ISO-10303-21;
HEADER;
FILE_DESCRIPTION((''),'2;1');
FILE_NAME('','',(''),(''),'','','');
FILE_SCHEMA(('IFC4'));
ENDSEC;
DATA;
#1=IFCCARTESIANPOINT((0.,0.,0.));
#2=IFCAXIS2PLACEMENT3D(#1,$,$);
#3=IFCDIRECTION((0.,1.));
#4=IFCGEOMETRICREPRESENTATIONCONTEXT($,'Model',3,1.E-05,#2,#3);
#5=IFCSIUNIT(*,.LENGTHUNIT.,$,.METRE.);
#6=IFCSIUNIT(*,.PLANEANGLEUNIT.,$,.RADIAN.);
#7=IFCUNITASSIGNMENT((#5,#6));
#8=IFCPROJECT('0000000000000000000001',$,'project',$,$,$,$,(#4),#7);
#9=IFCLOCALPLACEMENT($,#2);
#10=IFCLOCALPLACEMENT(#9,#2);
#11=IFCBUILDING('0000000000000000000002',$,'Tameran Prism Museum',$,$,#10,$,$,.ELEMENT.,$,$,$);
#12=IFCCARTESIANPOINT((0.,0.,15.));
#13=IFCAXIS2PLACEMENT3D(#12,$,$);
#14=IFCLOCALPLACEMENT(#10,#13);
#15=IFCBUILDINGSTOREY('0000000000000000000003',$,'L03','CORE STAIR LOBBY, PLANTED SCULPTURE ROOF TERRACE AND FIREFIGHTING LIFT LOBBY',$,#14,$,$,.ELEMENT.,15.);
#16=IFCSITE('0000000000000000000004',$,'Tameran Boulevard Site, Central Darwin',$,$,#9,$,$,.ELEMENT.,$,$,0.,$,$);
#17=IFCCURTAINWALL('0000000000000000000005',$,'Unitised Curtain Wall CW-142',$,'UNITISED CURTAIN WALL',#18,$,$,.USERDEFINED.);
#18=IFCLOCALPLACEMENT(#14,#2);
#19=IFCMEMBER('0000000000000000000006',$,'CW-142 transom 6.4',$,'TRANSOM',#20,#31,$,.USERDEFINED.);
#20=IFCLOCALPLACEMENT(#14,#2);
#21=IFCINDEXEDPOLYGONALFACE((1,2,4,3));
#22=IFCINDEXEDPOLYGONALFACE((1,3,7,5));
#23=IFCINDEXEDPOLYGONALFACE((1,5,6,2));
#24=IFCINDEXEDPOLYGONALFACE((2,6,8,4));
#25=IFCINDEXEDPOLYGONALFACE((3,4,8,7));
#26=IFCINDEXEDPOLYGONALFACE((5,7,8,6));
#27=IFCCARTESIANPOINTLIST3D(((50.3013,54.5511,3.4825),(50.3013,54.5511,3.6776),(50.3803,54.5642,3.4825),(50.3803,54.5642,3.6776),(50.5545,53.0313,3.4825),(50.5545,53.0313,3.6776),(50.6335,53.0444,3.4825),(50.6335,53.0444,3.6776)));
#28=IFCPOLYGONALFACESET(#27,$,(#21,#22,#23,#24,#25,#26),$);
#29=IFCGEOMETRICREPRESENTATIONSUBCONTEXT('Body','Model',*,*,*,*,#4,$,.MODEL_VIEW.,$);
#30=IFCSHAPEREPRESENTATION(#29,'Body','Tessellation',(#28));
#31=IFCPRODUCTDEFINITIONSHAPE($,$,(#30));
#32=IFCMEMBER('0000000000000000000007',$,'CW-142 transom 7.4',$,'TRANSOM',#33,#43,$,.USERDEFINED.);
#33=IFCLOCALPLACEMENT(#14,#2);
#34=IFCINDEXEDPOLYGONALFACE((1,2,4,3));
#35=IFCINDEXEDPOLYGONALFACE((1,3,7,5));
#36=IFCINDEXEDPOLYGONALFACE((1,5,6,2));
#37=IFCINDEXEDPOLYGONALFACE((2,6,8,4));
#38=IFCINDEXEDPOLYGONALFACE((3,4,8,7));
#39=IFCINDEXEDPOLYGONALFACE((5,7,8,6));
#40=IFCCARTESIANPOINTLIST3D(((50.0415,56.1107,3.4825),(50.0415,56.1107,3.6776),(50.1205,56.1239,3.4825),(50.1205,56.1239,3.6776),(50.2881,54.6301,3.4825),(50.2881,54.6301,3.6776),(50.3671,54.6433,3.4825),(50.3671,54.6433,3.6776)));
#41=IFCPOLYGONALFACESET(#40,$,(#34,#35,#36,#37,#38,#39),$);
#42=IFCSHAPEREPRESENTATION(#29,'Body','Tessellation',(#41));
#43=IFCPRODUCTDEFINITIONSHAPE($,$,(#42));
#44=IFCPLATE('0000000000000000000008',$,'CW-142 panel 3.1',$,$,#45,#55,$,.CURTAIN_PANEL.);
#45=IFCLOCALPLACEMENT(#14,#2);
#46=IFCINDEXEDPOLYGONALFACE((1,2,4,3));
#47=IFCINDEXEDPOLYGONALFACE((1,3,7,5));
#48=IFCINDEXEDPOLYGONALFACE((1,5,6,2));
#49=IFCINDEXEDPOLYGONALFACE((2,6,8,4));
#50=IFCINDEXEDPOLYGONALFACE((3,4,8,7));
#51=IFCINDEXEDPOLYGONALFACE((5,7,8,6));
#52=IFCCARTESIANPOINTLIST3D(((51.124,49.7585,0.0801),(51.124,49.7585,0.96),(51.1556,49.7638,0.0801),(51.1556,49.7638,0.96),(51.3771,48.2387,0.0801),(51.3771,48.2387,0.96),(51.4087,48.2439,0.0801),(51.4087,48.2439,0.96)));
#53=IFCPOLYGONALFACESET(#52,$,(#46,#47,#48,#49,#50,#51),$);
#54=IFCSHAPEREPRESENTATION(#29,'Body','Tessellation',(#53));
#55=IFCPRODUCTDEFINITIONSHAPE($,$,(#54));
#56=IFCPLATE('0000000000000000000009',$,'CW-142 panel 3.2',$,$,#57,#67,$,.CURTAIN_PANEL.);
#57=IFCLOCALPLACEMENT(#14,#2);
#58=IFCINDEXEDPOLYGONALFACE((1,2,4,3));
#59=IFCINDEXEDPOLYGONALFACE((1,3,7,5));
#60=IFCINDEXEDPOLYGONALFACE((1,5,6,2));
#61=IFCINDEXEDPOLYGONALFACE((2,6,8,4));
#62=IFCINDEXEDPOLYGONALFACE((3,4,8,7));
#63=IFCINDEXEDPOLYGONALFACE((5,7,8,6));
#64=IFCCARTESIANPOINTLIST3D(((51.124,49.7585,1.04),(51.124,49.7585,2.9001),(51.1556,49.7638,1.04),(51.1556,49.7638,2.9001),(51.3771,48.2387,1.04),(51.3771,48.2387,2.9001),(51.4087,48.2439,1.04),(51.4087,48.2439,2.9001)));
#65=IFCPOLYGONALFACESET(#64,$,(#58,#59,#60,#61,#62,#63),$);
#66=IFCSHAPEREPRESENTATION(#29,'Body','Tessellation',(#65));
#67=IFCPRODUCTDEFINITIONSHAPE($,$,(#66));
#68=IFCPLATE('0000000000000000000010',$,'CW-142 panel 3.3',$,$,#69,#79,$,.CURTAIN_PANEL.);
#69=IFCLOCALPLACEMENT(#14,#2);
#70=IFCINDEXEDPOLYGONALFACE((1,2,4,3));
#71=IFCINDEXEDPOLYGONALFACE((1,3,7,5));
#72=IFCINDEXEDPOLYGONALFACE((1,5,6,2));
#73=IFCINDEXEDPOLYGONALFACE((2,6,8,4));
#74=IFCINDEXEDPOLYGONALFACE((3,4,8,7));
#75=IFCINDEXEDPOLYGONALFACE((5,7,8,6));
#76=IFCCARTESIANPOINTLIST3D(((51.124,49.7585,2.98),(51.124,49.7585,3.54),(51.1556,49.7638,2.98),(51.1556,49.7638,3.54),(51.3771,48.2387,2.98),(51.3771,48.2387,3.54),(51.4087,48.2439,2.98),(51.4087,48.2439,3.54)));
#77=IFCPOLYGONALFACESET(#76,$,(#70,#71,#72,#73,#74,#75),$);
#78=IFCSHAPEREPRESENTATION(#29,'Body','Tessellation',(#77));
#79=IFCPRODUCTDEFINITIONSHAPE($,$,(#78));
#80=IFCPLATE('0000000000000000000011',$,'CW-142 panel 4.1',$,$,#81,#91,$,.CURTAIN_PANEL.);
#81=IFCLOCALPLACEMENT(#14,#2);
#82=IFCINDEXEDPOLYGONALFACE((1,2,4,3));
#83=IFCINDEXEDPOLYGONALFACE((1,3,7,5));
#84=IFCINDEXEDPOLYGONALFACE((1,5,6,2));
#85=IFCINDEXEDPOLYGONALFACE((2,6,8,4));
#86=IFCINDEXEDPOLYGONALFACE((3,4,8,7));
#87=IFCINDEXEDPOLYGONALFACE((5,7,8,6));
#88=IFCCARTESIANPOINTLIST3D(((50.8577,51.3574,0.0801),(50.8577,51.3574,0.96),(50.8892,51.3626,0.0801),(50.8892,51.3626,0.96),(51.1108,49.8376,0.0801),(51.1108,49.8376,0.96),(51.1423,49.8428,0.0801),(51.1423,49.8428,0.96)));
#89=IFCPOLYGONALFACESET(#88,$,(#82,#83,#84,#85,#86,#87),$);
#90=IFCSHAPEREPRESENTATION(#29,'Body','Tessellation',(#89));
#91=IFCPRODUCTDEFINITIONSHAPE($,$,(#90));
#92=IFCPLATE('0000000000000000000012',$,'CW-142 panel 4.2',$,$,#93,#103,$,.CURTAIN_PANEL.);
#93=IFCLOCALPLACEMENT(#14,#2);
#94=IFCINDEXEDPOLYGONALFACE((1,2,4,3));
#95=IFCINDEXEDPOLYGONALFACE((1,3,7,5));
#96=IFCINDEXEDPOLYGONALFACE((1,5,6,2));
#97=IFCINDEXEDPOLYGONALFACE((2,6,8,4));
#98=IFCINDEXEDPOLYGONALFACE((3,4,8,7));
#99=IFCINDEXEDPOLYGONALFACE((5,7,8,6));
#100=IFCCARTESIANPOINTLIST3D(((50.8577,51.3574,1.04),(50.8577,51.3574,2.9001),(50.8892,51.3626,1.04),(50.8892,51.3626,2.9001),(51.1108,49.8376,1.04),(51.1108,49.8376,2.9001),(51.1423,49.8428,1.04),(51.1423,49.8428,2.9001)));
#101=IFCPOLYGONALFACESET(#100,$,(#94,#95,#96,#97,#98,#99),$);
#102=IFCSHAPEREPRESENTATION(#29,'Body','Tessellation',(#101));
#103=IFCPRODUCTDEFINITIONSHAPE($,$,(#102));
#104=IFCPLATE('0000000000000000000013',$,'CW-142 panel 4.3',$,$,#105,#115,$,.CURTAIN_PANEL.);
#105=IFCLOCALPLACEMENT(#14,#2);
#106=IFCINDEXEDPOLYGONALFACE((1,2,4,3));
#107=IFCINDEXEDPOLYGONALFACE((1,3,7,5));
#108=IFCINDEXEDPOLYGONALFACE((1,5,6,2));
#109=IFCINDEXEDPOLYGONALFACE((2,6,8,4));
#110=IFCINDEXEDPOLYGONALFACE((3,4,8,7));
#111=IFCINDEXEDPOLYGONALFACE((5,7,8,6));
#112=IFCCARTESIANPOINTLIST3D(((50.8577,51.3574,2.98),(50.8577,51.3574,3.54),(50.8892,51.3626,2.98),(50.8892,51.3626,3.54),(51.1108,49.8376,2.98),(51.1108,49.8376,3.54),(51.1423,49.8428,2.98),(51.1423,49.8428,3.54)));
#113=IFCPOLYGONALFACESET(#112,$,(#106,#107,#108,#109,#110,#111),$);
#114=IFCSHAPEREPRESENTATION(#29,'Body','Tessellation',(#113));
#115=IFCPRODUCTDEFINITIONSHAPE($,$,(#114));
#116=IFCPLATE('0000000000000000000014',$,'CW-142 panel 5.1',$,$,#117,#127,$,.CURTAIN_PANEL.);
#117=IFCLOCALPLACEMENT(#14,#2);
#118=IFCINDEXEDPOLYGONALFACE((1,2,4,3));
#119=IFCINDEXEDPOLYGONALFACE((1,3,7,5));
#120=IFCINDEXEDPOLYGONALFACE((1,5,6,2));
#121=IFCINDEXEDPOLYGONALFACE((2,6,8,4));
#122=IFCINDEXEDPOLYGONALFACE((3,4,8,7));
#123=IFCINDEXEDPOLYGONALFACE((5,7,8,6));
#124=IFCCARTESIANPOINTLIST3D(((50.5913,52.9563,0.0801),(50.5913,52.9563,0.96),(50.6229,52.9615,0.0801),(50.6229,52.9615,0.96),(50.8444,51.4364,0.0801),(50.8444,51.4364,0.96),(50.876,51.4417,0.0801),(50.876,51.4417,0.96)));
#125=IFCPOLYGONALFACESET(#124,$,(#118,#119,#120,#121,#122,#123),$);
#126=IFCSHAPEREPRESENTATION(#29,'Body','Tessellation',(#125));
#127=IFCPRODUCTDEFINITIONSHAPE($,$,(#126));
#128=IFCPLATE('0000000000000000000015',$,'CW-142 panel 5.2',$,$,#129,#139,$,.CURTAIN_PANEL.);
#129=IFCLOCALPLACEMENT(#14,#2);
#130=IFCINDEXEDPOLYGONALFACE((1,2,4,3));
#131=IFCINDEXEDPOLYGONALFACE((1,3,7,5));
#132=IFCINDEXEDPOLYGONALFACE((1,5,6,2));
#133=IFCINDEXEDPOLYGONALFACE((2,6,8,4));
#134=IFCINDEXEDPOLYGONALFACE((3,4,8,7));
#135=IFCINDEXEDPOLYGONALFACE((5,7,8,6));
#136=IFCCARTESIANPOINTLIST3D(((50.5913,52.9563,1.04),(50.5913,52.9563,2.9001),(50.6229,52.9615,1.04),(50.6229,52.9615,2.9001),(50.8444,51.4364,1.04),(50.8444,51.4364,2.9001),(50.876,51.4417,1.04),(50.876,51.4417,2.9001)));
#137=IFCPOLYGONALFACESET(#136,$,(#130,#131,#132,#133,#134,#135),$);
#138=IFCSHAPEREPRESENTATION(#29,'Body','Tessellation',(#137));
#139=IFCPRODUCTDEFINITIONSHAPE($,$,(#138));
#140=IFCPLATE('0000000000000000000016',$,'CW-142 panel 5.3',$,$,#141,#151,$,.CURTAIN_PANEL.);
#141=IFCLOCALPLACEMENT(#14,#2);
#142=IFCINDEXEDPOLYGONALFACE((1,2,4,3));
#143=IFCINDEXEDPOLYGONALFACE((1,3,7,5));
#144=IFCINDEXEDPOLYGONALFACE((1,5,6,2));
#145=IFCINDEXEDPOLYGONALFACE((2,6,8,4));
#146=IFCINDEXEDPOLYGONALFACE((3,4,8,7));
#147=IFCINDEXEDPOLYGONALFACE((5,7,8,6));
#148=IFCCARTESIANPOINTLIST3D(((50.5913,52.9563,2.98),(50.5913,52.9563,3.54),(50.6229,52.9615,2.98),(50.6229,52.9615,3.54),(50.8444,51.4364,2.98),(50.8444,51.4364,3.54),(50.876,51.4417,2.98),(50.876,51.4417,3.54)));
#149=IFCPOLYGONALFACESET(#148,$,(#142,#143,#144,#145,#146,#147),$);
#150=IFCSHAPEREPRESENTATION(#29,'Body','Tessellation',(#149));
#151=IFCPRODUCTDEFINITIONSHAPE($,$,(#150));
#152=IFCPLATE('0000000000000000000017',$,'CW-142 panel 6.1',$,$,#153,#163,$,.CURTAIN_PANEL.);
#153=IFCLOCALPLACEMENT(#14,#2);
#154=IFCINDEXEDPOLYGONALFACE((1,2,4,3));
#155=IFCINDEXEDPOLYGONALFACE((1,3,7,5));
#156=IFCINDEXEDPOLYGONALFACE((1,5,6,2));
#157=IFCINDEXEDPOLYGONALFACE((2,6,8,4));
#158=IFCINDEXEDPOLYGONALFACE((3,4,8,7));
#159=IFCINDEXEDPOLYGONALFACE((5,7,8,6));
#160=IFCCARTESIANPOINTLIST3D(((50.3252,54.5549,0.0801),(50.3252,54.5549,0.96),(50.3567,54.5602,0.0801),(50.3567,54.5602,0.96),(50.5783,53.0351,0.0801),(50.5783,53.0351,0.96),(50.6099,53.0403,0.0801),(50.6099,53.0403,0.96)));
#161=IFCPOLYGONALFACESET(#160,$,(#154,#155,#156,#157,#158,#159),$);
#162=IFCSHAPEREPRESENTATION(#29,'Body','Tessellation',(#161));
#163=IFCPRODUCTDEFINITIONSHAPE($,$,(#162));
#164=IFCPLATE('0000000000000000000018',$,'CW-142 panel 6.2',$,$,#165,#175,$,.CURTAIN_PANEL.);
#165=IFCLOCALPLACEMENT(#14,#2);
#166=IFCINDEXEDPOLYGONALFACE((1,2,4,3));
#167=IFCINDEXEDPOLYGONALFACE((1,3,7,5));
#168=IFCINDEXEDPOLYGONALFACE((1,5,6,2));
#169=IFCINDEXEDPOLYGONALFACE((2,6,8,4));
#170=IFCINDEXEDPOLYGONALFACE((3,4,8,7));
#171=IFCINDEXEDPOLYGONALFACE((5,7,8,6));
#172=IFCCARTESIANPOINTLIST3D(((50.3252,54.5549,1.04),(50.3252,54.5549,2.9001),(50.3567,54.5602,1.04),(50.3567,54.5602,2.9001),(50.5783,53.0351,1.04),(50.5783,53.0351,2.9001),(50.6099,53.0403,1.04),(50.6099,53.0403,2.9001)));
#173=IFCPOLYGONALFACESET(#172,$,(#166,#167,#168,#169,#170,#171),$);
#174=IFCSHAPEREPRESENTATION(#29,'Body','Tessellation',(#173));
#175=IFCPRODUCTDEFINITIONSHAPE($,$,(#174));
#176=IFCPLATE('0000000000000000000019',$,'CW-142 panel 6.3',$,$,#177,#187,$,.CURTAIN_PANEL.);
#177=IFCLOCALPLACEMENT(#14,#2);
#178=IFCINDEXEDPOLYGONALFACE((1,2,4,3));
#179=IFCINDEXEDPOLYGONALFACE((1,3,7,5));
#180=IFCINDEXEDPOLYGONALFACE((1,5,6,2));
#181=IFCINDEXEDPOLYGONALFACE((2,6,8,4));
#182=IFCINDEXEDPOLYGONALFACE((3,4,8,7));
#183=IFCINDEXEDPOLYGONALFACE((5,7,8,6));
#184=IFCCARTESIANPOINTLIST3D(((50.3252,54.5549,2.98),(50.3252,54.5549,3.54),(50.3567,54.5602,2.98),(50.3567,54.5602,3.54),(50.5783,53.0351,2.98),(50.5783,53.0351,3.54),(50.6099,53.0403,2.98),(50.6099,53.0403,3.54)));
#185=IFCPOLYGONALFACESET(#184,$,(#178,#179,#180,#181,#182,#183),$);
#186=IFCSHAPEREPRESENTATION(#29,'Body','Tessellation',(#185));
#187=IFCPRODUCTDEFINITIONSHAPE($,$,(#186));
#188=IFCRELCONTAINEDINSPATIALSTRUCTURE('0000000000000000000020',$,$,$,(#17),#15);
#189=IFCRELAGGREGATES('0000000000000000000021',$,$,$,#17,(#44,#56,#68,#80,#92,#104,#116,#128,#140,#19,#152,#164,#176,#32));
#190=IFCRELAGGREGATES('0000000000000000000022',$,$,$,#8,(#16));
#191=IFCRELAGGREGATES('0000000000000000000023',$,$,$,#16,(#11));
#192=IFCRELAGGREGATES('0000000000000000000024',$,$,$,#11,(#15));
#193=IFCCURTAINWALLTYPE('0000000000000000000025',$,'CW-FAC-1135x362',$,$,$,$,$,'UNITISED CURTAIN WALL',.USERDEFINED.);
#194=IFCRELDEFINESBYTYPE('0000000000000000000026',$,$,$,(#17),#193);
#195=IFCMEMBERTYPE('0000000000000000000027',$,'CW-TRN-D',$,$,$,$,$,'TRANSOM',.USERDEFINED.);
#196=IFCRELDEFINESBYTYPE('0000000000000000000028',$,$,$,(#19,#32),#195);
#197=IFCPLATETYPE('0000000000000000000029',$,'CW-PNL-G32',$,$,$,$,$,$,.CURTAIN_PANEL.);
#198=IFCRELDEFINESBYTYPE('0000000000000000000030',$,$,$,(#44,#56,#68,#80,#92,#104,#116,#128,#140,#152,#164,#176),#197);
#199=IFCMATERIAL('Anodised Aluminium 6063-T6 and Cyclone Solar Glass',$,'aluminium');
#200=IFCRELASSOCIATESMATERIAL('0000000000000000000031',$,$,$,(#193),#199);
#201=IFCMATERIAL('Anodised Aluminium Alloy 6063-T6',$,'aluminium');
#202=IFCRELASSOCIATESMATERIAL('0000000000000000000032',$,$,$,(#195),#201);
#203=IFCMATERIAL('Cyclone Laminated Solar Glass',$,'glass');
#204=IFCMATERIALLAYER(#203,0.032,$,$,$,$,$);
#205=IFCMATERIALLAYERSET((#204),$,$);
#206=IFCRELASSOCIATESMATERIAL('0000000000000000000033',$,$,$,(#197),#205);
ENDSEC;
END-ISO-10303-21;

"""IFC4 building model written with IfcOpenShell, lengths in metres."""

from ifc_helpers import new_model, si_unit, direction, frame, origin, origin_2d, place, context, subcontext, project, spatial, rectangle, extrude, material, layer, layer_set, material_profile, profile_set, type_object, element, aggregate, save


model = new_model("IFC4")

# Units and contexts
model_context = context("Model", 3, precision=1e-05, world=origin(), true_north=direction((0.0, 1.0)))
body_context = subcontext(model_context, "Body", "Model", "MODEL_VIEW")
ifc_project = project(units=[si_unit("LENGTHUNIT", "METRE"), si_unit("PLANEANGLEUNIT", "RADIAN")], contexts=[model_context])

# Site, building, storey
site_placement = place(None, origin())
site = spatial("IfcSite", under=ifc_project, at=site_placement, Name="Tameran Boulevard Site, Central Darwin", CompositionType="ELEMENT", RefElevation=0.0)
building_placement = place(site_placement, origin())
building = spatial("IfcBuilding", under=site, at=building_placement, Name="Tameran Prism Museum", CompositionType="ELEMENT")
storey_placement = place(building_placement, frame((0.0, 0.0, 15.0)))
storey = spatial("IfcBuildingStorey", under=building, at=storey_placement, Name="L03", Description="CORE STAIR LOBBY, PLANTED SCULPTURE ROOF TERRACE AND FIREFIGHTING LIFT LOBBY", CompositionType="ELEMENT", Elevation=15.0)

# Curtain wall, members, plates
ifc_material_1 = material(Name="Anodised Aluminium 6063-T6 and Cyclone Solar Glass", Category="aluminium")
curtain_wall_type = type_object("IfcCurtainWallType", Name="CW-FAC-1135x362", ElementType="UNITISED CURTAIN WALL", PredefinedType="USERDEFINED", material=ifc_material_1)
curtain_wall_placement = place(storey_placement, origin())
curtain_wall = element("IfcCurtainWall", 1, at=curtain_wall_placement, inside=storey, type_object=curtain_wall_type, Name="Unitised Curtain Wall CW-142", ObjectType="UNITISED CURTAIN WALL", PredefinedType="USERDEFINED")
ifc_material_2 = material(Name="Anodised Aluminium Alloy 6063-T6", Category="aluminium")
ifc_material_profile_1 = material_profile(ifc_material_2, rectangle(XDim=0.0801, YDim=0.1951, at=origin_2d()))
ifc_profile_set_1 = profile_set([ifc_material_profile_1])
member_type_1 = type_object("IfcMemberType", Name="CW-TRN-D", ElementType="TRANSOM", PredefinedType="USERDEFINED", material=ifc_profile_set_1)
member_1_placement = place(storey_placement, frame((50.594, 53.0378, 3.5801), z_axis=(-0.164322, 0.986407, 0.0), x_axis=(-0.986407, -0.164322, 0.0)))
member_1 = element("IfcMember", 2, at=member_1_placement, type_object=member_type_1, Name="CW-142 transom 6.4", ObjectType="TRANSOM", PredefinedType="USERDEFINED", context=body_context, shape_type="SweptSolid", body=[
    extrude(rectangle(XDim=0.0801, YDim=0.1951, at=origin_2d()), origin(), (0.0, 0.0, 1.0), 1.5408),
])
member_2_placement = place(storey_placement, frame((50.3276, 54.6367, 3.5801), z_axis=(-0.164293, 0.986412, 0.0), x_axis=(-0.986412, -0.164293, 0.0)))
member_2 = element("IfcMember", 3, at=member_2_placement, type_object=member_type_1, Name="CW-142 transom 7.4", ObjectType="TRANSOM", PredefinedType="USERDEFINED", context=body_context, shape_type="SweptSolid", body=[
    extrude(rectangle(XDim=0.0801, YDim=0.1951, at=origin_2d()), origin(), (0.0, 0.0, 1.0), 1.501),
])
ifc_material_3 = material(Name="Cyclone Laminated Solar Glass", Category="glass")
ifc_layer = layer(ifc_material_3, 0.032)
ifc_layer_set = layer_set([ifc_layer])
plate_type = type_object("IfcPlateType", Name="CW-PNL-G32", PredefinedType="CURTAIN_PANEL", material=ifc_layer_set)
plate_1_placement = place(storey_placement, frame((51.2664, 49.0012, 0.0801), z_axis=(0.0, 0.0, 1.0), x_axis=(-0.164285, 0.986413, 0.0)))
plate_1 = element("IfcPlate", 4, at=plate_1_placement, type_object=plate_type, Name="CW-142 panel 3.1", PredefinedType="CURTAIN_PANEL", context=body_context, shape_type="SweptSolid", body=[
    extrude(rectangle(XDim=1.5408, YDim=0.032, at=origin_2d()), origin(), (0.0, 0.0, 1.0), 0.8799),
])
plate_2_placement = place(storey_placement, frame((51.2664, 49.0012, 1.04), z_axis=(0.0, 0.0, 1.0), x_axis=(-0.164285, 0.986413, 0.0)))
plate_2 = element("IfcPlate", 5, at=plate_2_placement, type_object=plate_type, Name="CW-142 panel 3.2", PredefinedType="CURTAIN_PANEL", context=body_context, shape_type="SweptSolid", body=[
    extrude(rectangle(XDim=1.5408, YDim=0.032, at=origin_2d()), origin(), (0.0, 0.0, 1.0), 1.8601),
])
plate_3_placement = place(storey_placement, frame((51.2664, 49.0012, 2.98), z_axis=(0.0, 0.0, 1.0), x_axis=(-0.164285, 0.986413, 0.0)))
plate_3 = element("IfcPlate", 6, at=plate_3_placement, type_object=plate_type, Name="CW-142 panel 3.3", PredefinedType="CURTAIN_PANEL", context=body_context, shape_type="SweptSolid", body=[
    extrude(rectangle(XDim=1.5408, YDim=0.032, at=origin_2d()), origin(), (0.0, 0.0, 1.0), 0.5601),
])
plate_4_placement = place(storey_placement, frame((51.0, 50.6001, 0.0801), z_axis=(0.0, 0.0, 1.0), x_axis=(-0.164285, 0.986413, 0.0)))
plate_4 = element("IfcPlate", 7, at=plate_4_placement, type_object=plate_type, Name="CW-142 panel 4.1", PredefinedType="CURTAIN_PANEL", context=body_context, shape_type="SweptSolid", body=[
    extrude(rectangle(XDim=1.5408, YDim=0.032, at=origin_2d()), origin(), (0.0, 0.0, 1.0), 0.8799),
])
plate_5_placement = place(storey_placement, frame((51.0, 50.6001, 1.04), z_axis=(0.0, 0.0, 1.0), x_axis=(-0.164285, 0.986413, 0.0)))
plate_5 = element("IfcPlate", 8, at=plate_5_placement, type_object=plate_type, Name="CW-142 panel 4.2", PredefinedType="CURTAIN_PANEL", context=body_context, shape_type="SweptSolid", body=[
    extrude(rectangle(XDim=1.5408, YDim=0.032, at=origin_2d()), origin(), (0.0, 0.0, 1.0), 1.8601),
])
plate_6_placement = place(storey_placement, frame((51.0, 50.6001, 2.98), z_axis=(0.0, 0.0, 1.0), x_axis=(-0.164285, 0.986413, 0.0)))
plate_6 = element("IfcPlate", 9, at=plate_6_placement, type_object=plate_type, Name="CW-142 panel 4.3", PredefinedType="CURTAIN_PANEL", context=body_context, shape_type="SweptSolid", body=[
    extrude(rectangle(XDim=1.5408, YDim=0.032, at=origin_2d()), origin(), (0.0, 0.0, 1.0), 0.5601),
])
plate_7_placement = place(storey_placement, frame((50.7336, 52.199, 0.0801), z_axis=(0.0, 0.0, 1.0), x_axis=(-0.164285, 0.986413, 0.0)))
plate_7 = element("IfcPlate", 10, at=plate_7_placement, type_object=plate_type, Name="CW-142 panel 5.1", PredefinedType="CURTAIN_PANEL", context=body_context, shape_type="SweptSolid", body=[
    extrude(rectangle(XDim=1.5408, YDim=0.032, at=origin_2d()), origin(), (0.0, 0.0, 1.0), 0.8799),
])
plate_8_placement = place(storey_placement, frame((50.7336, 52.199, 1.04), z_axis=(0.0, 0.0, 1.0), x_axis=(-0.164285, 0.986413, 0.0)))
plate_8 = element("IfcPlate", 11, at=plate_8_placement, type_object=plate_type, Name="CW-142 panel 5.2", PredefinedType="CURTAIN_PANEL", context=body_context, shape_type="SweptSolid", body=[
    extrude(rectangle(XDim=1.5408, YDim=0.032, at=origin_2d()), origin(), (0.0, 0.0, 1.0), 1.8601),
])
plate_9_placement = place(storey_placement, frame((50.7336, 52.199, 2.98), z_axis=(0.0, 0.0, 1.0), x_axis=(-0.164285, 0.986413, 0.0)))
plate_9 = element("IfcPlate", 12, at=plate_9_placement, type_object=plate_type, Name="CW-142 panel 5.3", PredefinedType="CURTAIN_PANEL", context=body_context, shape_type="SweptSolid", body=[
    extrude(rectangle(XDim=1.5408, YDim=0.032, at=origin_2d()), origin(), (0.0, 0.0, 1.0), 0.5601),
])
plate_10_placement = place(storey_placement, frame((50.4675, 53.7976, 0.0801), z_axis=(0.0, 0.0, 1.0), x_axis=(-0.164285, 0.986413, 0.0)))
plate_10 = element("IfcPlate", 13, at=plate_10_placement, type_object=plate_type, Name="CW-142 panel 6.1", PredefinedType="CURTAIN_PANEL", context=body_context, shape_type="SweptSolid", body=[
    extrude(rectangle(XDim=1.5408, YDim=0.032, at=origin_2d()), origin(), (0.0, 0.0, 1.0), 0.8799),
])
plate_11_placement = place(storey_placement, frame((50.4675, 53.7976, 1.04), z_axis=(0.0, 0.0, 1.0), x_axis=(-0.164285, 0.986413, 0.0)))
plate_11 = element("IfcPlate", 14, at=plate_11_placement, type_object=plate_type, Name="CW-142 panel 6.2", PredefinedType="CURTAIN_PANEL", context=body_context, shape_type="SweptSolid", body=[
    extrude(rectangle(XDim=1.5408, YDim=0.032, at=origin_2d()), origin(), (0.0, 0.0, 1.0), 1.8601),
])
plate_12_placement = place(storey_placement, frame((50.4675, 53.7976, 2.98), z_axis=(0.0, 0.0, 1.0), x_axis=(-0.164285, 0.986413, 0.0)))
plate_12 = element("IfcPlate", 15, at=plate_12_placement, type_object=plate_type, Name="CW-142 panel 6.3", PredefinedType="CURTAIN_PANEL", context=body_context, shape_type="SweptSolid", body=[
    extrude(rectangle(XDim=1.5408, YDim=0.032, at=origin_2d()), origin(), (0.0, 0.0, 1.0), 0.5601),
])
aggregate(curtain_wall, [plate_1, plate_2, plate_3, plate_4, plate_5, plate_6, plate_7, plate_8, plate_9, member_1, plate_10, plate_11, plate_12, member_2])

save(model, "model.ifc")
